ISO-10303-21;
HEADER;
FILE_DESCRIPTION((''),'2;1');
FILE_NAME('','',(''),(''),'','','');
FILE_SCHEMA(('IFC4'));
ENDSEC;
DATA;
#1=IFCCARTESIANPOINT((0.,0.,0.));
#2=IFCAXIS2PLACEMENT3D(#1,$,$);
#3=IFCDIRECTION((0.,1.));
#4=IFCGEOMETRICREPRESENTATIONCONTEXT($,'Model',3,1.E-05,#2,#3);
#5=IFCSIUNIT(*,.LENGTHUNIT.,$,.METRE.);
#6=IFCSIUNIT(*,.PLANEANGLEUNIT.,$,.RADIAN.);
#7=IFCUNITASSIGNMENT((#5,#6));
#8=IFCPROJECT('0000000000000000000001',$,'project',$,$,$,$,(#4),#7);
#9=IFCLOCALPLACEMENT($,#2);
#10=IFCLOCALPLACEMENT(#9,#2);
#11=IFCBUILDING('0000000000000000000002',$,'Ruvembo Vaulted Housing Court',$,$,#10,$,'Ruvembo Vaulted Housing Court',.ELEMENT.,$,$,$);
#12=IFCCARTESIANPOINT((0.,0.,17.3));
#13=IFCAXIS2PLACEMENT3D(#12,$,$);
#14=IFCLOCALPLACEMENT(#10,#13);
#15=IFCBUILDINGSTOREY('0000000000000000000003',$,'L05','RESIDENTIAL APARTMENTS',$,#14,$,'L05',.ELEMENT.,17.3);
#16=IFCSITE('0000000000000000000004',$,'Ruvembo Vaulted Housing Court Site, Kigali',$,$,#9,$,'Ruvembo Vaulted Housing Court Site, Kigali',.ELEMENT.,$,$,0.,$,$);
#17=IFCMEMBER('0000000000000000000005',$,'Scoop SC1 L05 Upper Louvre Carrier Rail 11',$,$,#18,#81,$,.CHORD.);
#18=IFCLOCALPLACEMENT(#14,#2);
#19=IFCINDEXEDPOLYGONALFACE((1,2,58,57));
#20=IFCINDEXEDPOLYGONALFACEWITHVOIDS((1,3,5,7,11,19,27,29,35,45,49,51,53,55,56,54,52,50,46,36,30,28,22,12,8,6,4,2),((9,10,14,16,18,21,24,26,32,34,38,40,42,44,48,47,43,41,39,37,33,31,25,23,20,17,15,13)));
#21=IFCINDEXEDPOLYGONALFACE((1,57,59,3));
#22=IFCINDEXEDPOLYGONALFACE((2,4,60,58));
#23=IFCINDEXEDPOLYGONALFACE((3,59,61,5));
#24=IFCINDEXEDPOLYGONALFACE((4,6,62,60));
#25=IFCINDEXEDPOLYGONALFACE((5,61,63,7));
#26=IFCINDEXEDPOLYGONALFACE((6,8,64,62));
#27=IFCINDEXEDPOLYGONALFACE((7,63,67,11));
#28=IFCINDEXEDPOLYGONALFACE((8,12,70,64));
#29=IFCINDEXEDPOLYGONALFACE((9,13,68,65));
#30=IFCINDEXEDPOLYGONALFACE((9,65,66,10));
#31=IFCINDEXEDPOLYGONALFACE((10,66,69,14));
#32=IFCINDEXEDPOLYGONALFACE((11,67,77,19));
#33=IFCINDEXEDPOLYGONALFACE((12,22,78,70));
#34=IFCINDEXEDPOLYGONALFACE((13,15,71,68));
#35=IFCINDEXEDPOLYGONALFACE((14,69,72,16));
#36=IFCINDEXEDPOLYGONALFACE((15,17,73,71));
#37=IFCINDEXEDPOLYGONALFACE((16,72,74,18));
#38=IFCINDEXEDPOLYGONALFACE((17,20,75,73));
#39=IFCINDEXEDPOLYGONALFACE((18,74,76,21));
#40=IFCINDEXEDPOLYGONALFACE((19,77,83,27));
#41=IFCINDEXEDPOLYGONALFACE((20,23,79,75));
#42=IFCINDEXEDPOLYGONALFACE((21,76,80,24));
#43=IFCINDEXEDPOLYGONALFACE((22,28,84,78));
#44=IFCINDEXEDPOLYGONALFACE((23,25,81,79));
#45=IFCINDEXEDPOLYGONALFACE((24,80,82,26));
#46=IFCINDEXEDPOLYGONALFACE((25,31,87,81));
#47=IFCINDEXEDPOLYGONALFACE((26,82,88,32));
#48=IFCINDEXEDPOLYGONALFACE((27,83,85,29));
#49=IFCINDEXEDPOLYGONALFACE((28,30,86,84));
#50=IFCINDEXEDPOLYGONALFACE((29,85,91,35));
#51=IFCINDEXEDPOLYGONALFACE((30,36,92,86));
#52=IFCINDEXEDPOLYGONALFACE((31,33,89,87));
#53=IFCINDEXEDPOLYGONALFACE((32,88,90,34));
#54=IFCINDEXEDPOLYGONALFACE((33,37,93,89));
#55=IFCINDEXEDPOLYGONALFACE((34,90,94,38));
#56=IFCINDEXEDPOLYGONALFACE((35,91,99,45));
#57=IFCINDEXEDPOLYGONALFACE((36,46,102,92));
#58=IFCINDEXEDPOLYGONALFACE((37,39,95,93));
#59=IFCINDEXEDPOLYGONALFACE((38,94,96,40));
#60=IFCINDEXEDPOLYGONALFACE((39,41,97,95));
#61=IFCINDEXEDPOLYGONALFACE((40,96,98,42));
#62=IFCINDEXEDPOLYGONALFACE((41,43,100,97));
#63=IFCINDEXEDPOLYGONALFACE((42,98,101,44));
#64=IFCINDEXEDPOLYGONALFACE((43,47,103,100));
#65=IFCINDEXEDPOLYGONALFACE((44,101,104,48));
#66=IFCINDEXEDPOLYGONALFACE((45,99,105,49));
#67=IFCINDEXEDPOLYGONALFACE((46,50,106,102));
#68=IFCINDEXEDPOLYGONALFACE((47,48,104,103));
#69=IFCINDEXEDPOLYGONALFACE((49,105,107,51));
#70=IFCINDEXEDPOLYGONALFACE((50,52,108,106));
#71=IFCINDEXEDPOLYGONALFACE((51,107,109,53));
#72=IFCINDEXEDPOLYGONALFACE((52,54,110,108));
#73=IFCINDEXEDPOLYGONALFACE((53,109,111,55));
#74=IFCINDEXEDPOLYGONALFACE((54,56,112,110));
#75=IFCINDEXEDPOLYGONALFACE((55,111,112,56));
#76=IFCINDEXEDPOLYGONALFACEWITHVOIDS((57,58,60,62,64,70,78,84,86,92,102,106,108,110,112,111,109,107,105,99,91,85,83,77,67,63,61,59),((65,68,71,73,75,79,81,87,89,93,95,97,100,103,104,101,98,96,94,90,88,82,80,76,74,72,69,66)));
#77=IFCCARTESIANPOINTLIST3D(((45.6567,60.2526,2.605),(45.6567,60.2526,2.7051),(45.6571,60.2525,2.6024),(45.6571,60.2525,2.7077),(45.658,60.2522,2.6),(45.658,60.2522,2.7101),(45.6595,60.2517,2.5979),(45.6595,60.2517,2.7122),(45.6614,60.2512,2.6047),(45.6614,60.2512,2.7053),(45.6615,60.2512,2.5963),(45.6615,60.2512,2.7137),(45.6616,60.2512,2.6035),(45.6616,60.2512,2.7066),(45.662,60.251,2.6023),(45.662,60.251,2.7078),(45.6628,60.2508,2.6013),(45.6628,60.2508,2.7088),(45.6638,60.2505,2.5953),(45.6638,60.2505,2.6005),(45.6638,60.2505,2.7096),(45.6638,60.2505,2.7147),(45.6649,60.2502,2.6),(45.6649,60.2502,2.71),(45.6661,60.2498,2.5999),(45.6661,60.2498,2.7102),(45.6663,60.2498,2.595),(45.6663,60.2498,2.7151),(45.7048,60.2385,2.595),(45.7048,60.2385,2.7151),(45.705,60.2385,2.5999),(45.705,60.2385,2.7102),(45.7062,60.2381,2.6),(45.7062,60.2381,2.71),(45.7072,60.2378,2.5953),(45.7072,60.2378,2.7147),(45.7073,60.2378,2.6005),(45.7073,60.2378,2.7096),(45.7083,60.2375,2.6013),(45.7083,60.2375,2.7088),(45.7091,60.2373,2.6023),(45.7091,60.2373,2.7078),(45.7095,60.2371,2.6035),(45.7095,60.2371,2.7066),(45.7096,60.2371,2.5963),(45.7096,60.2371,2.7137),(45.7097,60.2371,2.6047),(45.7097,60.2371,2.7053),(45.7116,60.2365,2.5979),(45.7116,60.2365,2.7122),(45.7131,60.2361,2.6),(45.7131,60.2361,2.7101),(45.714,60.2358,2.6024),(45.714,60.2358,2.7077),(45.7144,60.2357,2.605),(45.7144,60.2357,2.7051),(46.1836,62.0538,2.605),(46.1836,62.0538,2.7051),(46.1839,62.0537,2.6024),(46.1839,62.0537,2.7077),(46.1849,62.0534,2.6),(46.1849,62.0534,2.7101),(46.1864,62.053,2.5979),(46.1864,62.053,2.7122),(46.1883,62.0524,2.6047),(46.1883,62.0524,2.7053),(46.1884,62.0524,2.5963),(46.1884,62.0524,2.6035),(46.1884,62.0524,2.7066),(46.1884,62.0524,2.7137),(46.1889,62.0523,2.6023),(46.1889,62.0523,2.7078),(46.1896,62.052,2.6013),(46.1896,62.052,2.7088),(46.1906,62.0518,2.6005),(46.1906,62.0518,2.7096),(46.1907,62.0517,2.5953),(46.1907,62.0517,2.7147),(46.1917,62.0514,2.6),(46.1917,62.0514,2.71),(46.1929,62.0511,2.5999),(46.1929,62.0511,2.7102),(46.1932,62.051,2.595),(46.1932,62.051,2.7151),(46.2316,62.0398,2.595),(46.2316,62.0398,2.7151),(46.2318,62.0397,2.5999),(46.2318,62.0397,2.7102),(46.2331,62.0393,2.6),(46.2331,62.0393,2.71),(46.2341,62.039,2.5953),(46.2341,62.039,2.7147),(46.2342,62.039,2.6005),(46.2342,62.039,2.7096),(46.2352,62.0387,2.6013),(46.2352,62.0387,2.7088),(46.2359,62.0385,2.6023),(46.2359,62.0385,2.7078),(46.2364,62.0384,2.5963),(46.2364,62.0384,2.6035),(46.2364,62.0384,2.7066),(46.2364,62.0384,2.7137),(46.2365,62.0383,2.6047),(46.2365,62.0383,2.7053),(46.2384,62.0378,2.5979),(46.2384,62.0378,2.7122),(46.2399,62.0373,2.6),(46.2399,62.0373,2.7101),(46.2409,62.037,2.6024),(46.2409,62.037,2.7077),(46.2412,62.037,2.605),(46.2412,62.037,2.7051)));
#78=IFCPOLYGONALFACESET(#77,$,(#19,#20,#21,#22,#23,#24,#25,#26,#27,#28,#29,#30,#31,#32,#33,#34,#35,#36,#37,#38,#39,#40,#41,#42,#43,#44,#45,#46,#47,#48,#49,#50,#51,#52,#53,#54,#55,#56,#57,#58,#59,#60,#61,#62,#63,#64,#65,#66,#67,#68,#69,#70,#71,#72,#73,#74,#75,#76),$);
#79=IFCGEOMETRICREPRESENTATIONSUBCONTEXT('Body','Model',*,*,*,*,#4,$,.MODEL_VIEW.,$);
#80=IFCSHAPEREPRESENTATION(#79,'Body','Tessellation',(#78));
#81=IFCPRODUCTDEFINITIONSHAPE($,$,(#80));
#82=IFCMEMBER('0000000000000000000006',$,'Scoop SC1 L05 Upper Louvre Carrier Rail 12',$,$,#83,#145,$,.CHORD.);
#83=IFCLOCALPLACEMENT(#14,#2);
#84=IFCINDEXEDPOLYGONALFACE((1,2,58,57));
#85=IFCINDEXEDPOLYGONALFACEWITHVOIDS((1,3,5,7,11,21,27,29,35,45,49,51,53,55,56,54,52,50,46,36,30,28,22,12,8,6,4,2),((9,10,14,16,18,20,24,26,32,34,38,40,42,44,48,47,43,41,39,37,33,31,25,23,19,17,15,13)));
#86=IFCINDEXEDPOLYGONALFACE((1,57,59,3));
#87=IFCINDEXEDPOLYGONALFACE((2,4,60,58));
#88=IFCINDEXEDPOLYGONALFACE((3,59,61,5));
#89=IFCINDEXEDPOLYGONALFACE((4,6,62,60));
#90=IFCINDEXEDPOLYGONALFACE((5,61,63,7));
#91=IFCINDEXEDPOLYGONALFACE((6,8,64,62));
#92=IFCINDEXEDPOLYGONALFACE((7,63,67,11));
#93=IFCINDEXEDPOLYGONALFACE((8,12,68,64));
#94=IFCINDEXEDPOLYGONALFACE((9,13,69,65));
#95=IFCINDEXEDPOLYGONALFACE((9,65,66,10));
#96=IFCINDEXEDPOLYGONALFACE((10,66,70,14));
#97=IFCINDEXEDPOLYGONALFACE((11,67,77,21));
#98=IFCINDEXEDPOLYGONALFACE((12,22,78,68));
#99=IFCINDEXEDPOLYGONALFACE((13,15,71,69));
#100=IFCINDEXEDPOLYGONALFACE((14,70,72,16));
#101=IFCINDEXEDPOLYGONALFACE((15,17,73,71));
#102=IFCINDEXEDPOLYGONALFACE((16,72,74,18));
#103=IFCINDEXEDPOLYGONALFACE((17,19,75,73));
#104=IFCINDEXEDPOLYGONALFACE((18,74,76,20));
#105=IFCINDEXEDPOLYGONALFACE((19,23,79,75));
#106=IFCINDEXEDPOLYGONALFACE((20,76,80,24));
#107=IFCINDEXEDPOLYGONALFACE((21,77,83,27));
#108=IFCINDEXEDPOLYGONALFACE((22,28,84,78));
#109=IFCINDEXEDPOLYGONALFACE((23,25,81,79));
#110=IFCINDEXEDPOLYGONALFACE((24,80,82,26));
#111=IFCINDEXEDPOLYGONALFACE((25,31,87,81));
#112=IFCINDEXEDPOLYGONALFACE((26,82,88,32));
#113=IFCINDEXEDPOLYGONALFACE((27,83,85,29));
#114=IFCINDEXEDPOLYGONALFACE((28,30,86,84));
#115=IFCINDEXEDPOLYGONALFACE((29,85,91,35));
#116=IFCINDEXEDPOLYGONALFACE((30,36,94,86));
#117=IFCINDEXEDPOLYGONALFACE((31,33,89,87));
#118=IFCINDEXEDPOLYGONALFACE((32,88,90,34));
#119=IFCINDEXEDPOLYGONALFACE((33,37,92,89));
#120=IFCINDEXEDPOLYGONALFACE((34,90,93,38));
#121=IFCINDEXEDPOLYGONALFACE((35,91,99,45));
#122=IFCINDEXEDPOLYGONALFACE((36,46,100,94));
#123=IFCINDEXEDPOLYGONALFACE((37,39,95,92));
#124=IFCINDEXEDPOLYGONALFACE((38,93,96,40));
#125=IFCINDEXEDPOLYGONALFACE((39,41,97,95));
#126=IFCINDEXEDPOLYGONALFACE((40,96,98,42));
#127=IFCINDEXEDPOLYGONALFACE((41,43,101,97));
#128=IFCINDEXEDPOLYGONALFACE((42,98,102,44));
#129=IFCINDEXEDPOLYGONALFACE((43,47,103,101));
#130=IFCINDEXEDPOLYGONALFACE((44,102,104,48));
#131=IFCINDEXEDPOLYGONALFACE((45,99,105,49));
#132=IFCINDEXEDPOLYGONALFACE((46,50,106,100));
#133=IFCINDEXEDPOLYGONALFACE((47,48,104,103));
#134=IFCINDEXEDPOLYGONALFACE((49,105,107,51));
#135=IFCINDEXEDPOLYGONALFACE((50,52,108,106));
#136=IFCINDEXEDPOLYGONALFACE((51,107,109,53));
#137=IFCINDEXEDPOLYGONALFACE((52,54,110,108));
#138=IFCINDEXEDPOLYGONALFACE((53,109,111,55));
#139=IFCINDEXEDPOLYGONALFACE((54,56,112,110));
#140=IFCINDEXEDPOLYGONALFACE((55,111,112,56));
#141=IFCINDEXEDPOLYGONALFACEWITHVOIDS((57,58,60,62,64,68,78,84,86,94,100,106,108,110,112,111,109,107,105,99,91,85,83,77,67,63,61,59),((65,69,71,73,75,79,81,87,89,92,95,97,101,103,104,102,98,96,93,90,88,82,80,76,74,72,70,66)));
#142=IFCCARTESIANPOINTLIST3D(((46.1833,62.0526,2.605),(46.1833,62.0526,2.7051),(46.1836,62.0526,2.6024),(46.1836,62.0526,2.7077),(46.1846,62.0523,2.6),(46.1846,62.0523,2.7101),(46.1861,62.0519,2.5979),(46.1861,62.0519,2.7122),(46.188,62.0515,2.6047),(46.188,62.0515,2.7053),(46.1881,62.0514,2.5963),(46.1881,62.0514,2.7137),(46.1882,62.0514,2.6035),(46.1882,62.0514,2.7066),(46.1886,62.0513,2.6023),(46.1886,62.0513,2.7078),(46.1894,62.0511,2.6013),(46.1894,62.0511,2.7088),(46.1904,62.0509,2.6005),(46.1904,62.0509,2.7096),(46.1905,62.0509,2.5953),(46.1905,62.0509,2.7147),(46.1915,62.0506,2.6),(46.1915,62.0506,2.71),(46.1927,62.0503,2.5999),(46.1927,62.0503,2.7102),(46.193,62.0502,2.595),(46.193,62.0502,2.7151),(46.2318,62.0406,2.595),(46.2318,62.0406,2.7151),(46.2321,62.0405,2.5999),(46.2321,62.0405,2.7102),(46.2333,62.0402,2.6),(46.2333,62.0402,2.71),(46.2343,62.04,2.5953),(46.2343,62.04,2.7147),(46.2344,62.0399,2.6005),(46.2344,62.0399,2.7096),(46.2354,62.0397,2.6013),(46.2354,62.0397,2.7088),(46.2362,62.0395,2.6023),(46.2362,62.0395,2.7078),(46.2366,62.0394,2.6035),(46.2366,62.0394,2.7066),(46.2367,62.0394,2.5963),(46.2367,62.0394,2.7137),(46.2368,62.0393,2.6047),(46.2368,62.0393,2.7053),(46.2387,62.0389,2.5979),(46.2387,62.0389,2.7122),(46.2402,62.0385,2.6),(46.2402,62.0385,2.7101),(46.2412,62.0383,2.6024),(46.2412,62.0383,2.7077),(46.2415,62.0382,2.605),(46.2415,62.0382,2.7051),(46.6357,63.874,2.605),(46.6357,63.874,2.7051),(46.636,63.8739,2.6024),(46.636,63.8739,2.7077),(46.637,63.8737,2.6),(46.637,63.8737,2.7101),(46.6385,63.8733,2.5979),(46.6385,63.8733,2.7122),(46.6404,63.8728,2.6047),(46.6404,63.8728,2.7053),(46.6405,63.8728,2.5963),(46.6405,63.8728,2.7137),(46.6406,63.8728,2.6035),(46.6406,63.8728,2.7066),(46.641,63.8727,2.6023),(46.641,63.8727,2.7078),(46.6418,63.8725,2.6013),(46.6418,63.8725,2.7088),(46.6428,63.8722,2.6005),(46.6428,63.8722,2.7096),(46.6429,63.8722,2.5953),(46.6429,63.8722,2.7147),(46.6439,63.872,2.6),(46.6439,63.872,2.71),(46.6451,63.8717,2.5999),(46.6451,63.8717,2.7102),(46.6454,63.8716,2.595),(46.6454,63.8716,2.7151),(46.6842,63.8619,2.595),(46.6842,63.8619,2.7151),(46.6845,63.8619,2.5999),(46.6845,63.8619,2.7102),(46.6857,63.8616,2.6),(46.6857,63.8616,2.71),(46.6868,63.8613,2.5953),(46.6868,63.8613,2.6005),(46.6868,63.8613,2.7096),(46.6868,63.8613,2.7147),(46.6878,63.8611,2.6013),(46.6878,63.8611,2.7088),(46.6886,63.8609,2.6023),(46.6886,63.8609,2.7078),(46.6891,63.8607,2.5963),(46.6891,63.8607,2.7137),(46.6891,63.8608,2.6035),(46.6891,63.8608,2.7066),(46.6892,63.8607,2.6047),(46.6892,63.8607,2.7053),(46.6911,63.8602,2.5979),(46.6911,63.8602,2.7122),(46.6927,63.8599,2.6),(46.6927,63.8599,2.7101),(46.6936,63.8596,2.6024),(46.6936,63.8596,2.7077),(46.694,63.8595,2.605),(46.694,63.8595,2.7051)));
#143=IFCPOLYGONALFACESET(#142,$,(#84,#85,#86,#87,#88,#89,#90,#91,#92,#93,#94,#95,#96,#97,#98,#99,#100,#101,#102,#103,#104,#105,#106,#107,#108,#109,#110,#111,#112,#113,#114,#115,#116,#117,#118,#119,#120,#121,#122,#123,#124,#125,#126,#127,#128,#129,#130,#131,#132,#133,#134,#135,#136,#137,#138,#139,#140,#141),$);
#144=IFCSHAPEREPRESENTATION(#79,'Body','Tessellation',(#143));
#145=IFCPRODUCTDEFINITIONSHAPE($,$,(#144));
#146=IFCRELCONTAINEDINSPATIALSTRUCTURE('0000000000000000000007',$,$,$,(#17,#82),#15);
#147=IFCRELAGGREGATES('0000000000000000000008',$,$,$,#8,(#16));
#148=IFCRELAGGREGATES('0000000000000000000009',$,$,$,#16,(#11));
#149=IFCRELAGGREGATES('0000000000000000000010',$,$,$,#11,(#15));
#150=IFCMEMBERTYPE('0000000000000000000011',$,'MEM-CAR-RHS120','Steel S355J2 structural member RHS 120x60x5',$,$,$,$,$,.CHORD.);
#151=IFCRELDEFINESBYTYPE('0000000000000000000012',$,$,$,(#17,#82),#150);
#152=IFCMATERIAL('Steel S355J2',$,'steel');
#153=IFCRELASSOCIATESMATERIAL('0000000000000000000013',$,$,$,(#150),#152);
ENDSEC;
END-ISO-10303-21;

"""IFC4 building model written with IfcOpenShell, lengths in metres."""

from ifc_helpers import new_model, si_unit, direction, frame, origin, origin_2d, place, context, subcontext, project, spatial, hollow_rectangle, extrude, material, material_profile, profile_set, type_object, element, save


model = new_model("IFC4")

# Units and contexts
model_context = context("Model", 3, precision=1e-05, world=origin(), true_north=direction((0.0, 1.0)))
body_context = subcontext(model_context, "Body", "Model", "MODEL_VIEW")
ifc_project = project(units=[si_unit("LENGTHUNIT", "METRE"), si_unit("PLANEANGLEUNIT", "RADIAN")], contexts=[model_context])

# Site, building, storey
site_placement = place(None, origin())
site = spatial("IfcSite", under=ifc_project, at=site_placement, Name="Ruvembo Vaulted Housing Court Site, Kigali", LongName="Ruvembo Vaulted Housing Court Site, Kigali", CompositionType="ELEMENT", RefElevation=0.0)
building_placement = place(site_placement, origin())
building = spatial("IfcBuilding", under=site, at=building_placement, Name="Ruvembo Vaulted Housing Court", LongName="Ruvembo Vaulted Housing Court", CompositionType="ELEMENT")
storey_placement = place(building_placement, frame((0.0, 0.0, 17.3)))
storey = spatial("IfcBuildingStorey", under=building, at=storey_placement, Name="L05", Description="RESIDENTIAL APARTMENTS", LongName="L05", CompositionType="ELEMENT", Elevation=17.3)

# Shared definitions
ifc_material_1 = material(Name="Steel S355J2", Category="steel")

# Members
ifc_material_profile_1 = material_profile(ifc_material_1, hollow_rectangle(XDim=0.0601, YDim=0.1201, WallThickness=0.0049, InnerFilletRadius=0.0049, OuterFilletRadius=0.01, at=origin_2d()), Name="RHS 120x60x5")
ifc_profile_set_1 = profile_set([ifc_material_profile_1], Name="Steel S355J2")
member_type_1 = type_object("IfcMemberType", Name="MEM-CAR-RHS120", Description="Steel S355J2 structural member RHS 120x60x5", PredefinedType="CHORD", material=ifc_profile_set_1)
for number, where, z_axis, x_axis, name in (
    (1, (45.6855, 60.2441, 2.655), (0.280729, 0.959787, 0.0), (-0.959787, 0.280729, 0.0), "Scoop SC1 L05 Upper Louvre Carrier Rail 11"),
    (2, (46.2124, 62.0454, 2.655), (0.241066, 0.970509, 0.0), (-0.970509, 0.241066, 0.0), "Scoop SC1 L05 Upper Louvre Carrier Rail 12"),
):
    element("IfcMember", number, at=place(storey_placement, frame(where, z_axis=z_axis, x_axis=x_axis)), inside=storey, type_object=member_type_1, Name=name, PredefinedType="CHORD", context=body_context, shape_type="SweptSolid", body=[
        extrude(hollow_rectangle(XDim=0.0601, YDim=0.1201, WallThickness=0.0049, InnerFilletRadius=0.0049, OuterFilletRadius=0.01, at=origin_2d()), origin(), (0.0, 0.0, 1.0), 1.8767),
    ])

save(model, "model.ifc")
